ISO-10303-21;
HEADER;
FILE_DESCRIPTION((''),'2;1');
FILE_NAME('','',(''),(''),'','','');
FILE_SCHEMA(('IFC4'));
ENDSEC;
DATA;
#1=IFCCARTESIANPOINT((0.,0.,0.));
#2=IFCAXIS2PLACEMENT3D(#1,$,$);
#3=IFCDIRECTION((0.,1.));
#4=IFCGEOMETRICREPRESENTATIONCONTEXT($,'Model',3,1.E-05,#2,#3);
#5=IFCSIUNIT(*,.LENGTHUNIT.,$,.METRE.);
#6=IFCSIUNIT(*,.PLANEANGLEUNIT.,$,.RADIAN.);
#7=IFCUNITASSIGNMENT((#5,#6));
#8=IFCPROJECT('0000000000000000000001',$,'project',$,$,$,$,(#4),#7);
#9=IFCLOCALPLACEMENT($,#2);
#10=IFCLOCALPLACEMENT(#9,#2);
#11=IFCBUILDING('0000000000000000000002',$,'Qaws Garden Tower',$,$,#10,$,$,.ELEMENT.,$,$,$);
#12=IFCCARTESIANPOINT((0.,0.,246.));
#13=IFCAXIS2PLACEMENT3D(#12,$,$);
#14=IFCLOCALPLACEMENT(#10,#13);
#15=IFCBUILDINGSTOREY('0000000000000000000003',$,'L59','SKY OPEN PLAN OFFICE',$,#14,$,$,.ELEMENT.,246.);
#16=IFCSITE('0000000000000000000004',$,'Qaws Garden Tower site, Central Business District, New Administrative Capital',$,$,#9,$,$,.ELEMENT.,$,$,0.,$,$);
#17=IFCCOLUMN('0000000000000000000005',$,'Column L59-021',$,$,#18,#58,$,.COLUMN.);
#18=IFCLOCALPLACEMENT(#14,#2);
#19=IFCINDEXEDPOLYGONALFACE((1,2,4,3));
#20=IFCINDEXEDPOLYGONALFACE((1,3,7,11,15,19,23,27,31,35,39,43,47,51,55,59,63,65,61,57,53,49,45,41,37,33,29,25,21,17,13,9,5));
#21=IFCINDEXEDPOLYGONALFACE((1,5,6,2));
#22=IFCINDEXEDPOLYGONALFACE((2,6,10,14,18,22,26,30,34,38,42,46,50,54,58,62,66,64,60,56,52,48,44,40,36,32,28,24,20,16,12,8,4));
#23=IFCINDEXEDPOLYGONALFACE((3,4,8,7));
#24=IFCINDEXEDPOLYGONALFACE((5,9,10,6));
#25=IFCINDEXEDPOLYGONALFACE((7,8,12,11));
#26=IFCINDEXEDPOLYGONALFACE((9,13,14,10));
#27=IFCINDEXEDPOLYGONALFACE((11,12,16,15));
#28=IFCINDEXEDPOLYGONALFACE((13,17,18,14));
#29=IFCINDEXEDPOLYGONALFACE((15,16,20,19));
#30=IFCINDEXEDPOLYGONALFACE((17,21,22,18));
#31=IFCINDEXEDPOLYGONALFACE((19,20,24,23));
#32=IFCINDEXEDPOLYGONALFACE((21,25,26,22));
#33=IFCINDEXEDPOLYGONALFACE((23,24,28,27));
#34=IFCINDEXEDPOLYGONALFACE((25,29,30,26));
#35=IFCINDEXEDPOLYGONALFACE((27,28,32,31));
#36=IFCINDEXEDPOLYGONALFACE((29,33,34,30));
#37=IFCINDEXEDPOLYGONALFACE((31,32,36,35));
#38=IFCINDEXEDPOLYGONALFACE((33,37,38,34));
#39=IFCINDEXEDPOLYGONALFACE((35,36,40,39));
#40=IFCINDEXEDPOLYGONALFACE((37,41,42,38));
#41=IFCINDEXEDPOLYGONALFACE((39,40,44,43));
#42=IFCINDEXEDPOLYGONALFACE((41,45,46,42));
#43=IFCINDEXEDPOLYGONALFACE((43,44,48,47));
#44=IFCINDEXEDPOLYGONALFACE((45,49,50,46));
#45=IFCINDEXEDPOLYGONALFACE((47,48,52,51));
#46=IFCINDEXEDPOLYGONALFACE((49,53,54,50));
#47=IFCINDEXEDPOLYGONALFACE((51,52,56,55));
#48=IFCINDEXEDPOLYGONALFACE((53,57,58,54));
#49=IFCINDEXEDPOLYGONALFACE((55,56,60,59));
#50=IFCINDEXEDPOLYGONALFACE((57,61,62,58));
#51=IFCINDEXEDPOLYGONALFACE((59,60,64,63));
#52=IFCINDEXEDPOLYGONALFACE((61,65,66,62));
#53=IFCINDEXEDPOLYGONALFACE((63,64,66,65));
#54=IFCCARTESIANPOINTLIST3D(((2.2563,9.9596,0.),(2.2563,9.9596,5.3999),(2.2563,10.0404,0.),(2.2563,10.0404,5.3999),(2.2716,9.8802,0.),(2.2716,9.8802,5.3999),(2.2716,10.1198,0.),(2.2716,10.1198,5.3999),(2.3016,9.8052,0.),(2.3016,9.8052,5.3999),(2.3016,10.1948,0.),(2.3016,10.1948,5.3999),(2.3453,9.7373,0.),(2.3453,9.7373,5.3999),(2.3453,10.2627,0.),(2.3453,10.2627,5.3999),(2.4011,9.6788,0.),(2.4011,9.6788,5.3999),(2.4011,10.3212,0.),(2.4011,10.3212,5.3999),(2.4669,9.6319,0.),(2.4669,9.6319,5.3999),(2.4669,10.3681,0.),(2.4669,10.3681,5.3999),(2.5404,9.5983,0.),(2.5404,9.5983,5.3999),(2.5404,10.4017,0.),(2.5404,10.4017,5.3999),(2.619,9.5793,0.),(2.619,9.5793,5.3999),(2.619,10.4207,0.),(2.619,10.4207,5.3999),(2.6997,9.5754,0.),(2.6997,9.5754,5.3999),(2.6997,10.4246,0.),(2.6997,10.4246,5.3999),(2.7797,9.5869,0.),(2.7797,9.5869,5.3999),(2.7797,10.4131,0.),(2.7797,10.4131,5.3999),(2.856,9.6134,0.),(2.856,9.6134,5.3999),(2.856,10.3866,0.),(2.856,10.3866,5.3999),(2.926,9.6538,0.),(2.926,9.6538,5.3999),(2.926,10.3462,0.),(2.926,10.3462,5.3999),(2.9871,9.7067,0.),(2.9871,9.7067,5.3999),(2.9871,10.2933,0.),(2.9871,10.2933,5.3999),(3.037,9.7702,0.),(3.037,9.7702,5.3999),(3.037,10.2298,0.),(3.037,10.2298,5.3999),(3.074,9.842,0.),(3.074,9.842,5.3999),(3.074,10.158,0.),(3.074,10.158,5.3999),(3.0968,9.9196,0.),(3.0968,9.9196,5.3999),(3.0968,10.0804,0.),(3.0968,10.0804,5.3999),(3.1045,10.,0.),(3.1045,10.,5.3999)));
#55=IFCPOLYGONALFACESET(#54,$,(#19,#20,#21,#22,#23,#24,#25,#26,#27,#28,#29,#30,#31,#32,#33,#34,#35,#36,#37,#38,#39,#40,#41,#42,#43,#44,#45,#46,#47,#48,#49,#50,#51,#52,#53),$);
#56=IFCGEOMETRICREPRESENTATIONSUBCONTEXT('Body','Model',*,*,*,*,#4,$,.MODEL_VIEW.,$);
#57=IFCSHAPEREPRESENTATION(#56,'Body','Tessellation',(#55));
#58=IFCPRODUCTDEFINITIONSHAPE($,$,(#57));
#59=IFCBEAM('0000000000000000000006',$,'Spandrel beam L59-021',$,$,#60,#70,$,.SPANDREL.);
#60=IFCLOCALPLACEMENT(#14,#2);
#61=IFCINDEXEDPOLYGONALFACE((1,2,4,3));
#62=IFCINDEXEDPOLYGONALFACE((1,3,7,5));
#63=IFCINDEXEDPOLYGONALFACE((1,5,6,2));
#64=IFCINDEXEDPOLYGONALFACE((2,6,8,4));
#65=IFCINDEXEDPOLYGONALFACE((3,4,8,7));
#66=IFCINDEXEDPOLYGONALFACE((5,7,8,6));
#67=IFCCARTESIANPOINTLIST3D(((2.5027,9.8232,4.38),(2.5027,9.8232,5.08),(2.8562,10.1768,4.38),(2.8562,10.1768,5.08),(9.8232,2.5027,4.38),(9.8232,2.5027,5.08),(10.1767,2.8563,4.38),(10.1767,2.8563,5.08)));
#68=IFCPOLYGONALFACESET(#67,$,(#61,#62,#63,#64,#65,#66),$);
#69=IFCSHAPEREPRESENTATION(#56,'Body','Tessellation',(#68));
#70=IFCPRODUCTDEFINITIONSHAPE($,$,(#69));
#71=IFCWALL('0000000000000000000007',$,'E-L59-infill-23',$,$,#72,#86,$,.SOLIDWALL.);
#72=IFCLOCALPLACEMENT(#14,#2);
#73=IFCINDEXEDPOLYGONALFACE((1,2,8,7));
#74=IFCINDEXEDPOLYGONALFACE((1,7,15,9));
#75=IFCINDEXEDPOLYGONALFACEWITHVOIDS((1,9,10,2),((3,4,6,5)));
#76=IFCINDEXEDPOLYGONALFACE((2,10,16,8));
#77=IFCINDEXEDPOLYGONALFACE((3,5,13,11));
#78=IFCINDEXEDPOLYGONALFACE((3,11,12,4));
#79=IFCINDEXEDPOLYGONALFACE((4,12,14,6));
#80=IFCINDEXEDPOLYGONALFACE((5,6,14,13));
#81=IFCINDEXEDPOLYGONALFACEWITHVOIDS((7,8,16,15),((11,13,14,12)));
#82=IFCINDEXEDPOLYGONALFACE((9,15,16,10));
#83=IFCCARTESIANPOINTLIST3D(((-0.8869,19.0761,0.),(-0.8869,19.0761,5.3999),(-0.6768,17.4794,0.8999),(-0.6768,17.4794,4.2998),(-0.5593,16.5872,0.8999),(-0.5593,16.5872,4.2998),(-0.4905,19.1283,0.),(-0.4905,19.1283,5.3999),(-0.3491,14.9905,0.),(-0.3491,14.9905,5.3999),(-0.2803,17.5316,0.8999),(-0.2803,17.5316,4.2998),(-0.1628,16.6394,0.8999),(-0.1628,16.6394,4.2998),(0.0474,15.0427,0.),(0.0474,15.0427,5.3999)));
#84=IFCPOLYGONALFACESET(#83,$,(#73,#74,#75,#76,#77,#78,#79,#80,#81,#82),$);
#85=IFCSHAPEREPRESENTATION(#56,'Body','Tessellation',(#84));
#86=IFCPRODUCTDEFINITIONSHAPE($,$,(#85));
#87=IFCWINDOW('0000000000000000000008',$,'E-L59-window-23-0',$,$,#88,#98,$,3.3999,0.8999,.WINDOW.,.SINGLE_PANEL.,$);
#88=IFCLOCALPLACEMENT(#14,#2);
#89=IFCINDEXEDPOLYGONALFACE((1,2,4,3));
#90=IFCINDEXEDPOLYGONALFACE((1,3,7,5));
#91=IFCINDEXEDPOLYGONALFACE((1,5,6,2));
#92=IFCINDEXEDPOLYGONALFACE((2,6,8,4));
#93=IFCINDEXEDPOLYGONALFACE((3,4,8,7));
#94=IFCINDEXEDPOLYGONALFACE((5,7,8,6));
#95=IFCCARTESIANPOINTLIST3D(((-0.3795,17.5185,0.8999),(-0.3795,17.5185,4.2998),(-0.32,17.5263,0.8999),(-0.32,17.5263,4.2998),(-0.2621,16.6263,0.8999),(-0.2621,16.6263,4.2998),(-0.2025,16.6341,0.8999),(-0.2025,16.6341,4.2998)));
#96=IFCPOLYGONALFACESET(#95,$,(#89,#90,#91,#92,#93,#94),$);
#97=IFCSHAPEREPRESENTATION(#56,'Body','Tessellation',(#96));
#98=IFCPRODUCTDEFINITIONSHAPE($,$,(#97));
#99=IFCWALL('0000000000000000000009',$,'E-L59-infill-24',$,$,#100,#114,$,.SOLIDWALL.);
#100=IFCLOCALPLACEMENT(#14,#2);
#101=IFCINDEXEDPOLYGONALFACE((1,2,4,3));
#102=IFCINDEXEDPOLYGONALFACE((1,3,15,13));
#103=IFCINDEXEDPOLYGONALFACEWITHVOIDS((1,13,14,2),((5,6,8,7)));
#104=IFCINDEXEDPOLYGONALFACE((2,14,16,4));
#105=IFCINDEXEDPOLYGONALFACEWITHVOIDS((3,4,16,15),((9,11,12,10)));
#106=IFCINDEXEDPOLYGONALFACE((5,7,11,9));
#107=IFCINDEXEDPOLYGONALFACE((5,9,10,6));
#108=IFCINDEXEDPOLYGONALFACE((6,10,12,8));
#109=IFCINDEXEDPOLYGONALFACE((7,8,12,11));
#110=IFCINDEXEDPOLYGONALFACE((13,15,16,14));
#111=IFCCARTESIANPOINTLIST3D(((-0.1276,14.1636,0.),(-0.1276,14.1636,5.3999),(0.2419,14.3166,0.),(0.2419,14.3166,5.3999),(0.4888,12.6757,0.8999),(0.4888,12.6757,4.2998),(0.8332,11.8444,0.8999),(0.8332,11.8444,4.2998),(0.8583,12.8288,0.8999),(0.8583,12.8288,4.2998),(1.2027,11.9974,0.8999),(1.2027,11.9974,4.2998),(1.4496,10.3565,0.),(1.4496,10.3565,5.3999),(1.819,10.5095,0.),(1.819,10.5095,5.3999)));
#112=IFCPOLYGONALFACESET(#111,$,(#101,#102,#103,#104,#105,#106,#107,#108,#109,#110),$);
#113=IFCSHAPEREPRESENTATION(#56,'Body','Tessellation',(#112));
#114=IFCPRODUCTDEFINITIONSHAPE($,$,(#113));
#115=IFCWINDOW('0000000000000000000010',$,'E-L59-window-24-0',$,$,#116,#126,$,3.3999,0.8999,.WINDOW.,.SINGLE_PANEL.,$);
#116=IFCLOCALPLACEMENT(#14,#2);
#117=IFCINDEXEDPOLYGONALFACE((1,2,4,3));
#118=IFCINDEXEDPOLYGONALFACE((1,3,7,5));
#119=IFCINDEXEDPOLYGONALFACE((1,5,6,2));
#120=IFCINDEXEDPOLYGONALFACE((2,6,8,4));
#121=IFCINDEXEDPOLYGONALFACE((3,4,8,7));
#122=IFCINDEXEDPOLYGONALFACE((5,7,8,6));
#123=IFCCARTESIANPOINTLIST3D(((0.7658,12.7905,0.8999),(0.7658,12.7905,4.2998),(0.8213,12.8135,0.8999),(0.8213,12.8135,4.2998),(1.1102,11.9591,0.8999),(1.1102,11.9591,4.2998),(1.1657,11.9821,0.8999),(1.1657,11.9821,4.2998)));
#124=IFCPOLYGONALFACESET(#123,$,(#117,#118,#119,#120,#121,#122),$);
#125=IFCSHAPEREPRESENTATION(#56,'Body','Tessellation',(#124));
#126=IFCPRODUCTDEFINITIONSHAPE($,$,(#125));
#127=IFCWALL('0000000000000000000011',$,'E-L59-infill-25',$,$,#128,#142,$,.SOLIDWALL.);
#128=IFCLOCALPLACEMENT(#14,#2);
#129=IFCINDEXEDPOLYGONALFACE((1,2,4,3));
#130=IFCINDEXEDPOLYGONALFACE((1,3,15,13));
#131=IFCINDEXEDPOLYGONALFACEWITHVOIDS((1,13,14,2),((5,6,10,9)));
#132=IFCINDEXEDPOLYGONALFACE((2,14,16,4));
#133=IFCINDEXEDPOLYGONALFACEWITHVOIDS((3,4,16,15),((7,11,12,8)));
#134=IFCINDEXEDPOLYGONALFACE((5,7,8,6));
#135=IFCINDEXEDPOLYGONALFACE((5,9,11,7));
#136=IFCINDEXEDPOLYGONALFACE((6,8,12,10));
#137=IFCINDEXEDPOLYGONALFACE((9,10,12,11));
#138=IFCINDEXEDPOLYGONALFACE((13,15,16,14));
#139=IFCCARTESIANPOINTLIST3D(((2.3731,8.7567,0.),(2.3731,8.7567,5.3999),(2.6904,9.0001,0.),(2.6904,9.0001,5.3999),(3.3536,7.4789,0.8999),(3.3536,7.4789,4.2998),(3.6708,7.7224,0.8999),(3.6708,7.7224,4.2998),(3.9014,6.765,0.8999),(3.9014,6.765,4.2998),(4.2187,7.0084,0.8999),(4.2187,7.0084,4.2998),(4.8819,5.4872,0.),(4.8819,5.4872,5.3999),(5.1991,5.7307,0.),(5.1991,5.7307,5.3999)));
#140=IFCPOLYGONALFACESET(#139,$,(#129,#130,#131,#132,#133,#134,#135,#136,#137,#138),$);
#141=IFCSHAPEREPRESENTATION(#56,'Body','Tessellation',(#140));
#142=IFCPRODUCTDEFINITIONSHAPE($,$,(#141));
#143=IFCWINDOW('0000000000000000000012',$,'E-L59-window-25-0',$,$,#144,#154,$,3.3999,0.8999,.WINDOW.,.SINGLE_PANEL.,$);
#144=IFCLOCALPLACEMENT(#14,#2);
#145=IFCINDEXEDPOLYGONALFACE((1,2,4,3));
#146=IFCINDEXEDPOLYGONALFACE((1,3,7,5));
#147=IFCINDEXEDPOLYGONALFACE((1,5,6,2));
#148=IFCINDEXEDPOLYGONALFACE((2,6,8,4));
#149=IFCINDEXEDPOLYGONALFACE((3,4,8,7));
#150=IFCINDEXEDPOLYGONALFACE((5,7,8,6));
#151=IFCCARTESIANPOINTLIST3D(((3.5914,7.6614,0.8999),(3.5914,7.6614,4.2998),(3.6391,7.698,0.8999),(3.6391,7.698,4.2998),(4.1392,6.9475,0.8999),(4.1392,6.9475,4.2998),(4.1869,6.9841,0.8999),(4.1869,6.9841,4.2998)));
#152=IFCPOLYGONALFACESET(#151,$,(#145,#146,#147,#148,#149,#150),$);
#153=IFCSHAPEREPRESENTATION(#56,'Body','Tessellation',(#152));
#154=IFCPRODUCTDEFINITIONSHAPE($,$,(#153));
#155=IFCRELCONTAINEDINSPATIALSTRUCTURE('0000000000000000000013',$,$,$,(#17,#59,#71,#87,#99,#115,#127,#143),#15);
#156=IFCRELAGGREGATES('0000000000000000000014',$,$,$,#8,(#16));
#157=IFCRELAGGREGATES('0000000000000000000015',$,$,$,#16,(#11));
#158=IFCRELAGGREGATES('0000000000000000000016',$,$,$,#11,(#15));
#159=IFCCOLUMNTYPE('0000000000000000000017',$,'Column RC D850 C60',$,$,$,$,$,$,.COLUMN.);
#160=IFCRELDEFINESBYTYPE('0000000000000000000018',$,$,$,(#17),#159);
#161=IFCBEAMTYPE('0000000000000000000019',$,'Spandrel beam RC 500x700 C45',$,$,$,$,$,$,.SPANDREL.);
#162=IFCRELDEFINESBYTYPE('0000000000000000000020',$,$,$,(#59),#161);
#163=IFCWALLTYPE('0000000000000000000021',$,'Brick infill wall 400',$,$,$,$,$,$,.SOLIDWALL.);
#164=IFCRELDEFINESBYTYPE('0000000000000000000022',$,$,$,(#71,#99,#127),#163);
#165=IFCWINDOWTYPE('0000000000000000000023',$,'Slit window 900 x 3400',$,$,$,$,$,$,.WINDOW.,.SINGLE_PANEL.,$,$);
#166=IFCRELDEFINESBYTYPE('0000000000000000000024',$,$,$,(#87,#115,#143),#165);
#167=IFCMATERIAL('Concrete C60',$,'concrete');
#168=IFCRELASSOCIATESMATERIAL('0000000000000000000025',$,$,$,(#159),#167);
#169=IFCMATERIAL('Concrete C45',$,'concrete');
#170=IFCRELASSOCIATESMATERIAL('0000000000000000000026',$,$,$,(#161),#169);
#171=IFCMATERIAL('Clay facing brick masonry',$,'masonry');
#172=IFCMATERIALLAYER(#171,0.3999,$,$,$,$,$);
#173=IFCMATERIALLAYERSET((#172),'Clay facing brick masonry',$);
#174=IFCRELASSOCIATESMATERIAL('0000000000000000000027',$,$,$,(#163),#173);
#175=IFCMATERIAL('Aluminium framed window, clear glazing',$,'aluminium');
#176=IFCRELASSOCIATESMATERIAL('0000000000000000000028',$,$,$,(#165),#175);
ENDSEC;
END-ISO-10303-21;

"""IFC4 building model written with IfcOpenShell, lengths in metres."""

from ifc_helpers import new_model, si_unit, direction, frame, frame_2d, origin, origin_2d, place, context, subcontext, project, spatial, rectangle, circle, extrude, material, layer, layer_set, material_profile, profile_set, type_object, element, fill, save


model = new_model("IFC4")

# Units and contexts
model_context = context("Model", 3, precision=1e-05, world=origin(), true_north=direction((0.0, 1.0)))
body_context = subcontext(model_context, "Body", "Model", "MODEL_VIEW")
ifc_project = project(units=[si_unit("LENGTHUNIT", "METRE"), si_unit("PLANEANGLEUNIT", "RADIAN")], contexts=[model_context])

# Site, building, storey
site_placement = place(None, origin())
site = spatial("IfcSite", under=ifc_project, at=site_placement, Name="Qaws Garden Tower site, Central Business District, New Administrative Capital", CompositionType="ELEMENT", RefElevation=0.0)
building_placement = place(site_placement, origin())
building = spatial("IfcBuilding", under=site, at=building_placement, Name="Qaws Garden Tower", CompositionType="ELEMENT")
storey_placement = place(building_placement, frame((0.0, 0.0, 246.0)))
storey = spatial("IfcBuildingStorey", under=building, at=storey_placement, Name="L59", Description="SKY OPEN PLAN OFFICE", CompositionType="ELEMENT", Elevation=246.0)

# Column
ifc_material_1 = material(Name="Concrete C60", Category="concrete")
ifc_material_profile_1 = material_profile(ifc_material_1, circle(Radius=0.425, at=origin_2d()), Name="RC D850")
ifc_profile_set_1 = profile_set([ifc_material_profile_1], Name="Concrete C60")
column_type = type_object("IfcColumnType", Name="Column RC D850 C60", PredefinedType="COLUMN", material=ifc_profile_set_1)
column_placement = place(storey_placement, frame((2.6794, 10.0, 0.0), z_axis=(0.0, 0.0, 1.0), x_axis=(1.0, 0.0, 0.0)))
element("IfcColumn", 1, at=column_placement, inside=storey, type_object=column_type, Name="Column L59-021", PredefinedType="COLUMN", context=body_context, shape_type="SweptSolid", body=[
    extrude(circle(Radius=0.425, at=origin_2d()), origin(), (0.0, 0.0, 1.0), 5.3999),
])

# Beam
ifc_material_2 = material(Name="Concrete C45", Category="concrete")
ifc_material_profile_2 = material_profile(ifc_material_2, rectangle(XDim=0.5, YDim=0.7, at=origin_2d()), Name="RC 500x700")
ifc_profile_set_2 = profile_set([ifc_material_profile_2], Name="Concrete C45")
beam_type = type_object("IfcBeamType", Name="Spandrel beam RC 500x700 C45", PredefinedType="SPANDREL", material=ifc_profile_set_2)
beam_placement = place(storey_placement, frame((2.6794, 10.0, 4.73), z_axis=(0.707107, -0.707107, 0.0), x_axis=(0.707107, 0.707107, 0.0)))
element("IfcBeam", 2, at=beam_placement, inside=storey, type_object=beam_type, Name="Spandrel beam L59-021", PredefinedType="SPANDREL", context=body_context, shape_type="SweptSolid", body=[
    extrude(rectangle(XDim=0.5, YDim=0.7, at=origin_2d()), origin(), (0.0, 0.0, 1.0), 10.3528),
])

# Walls, openings, windows
ifc_material_3 = material(Name="Clay facing brick masonry", Category="masonry")
ifc_layer_1 = layer(ifc_material_3, 0.3999)
ifc_layer_set_1 = layer_set([ifc_layer_1], Name="Clay facing brick masonry")
wall_type_1 = type_object("IfcWallType", Name="Brick infill wall 400", PredefinedType="SOLIDWALL", material=ifc_layer_set_1)
wall_1_placement = place(storey_placement, frame((-0.6887, 19.1023, 0.0), z_axis=(0.0, 0.0, 1.0), x_axis=(0.130514, -0.991446, 0.0)))
wall_1 = element("IfcWall", 3, at=wall_1_placement, inside=storey, type_object=wall_type_1, Name="E-L59-infill-23", PredefinedType="SOLIDWALL", context=body_context, shape_type="SweptSolid", body=[
    extrude(rectangle(XDim=4.1208, YDim=0.3999, at=frame_2d((2.0605, 0.0))), origin(), (0.0, 0.0, 1.0), 5.3999),
])
opening_1_placement = place(wall_1_placement, frame((1.6106, 0.0, 0.8999)))
opening_1 = element("IfcOpeningElement", 4, at=opening_1_placement, cuts=wall_1, PredefinedType="OPENING", context=body_context, shape_type="SweptSolid", body=[
    extrude(rectangle(XDim=0.8999, YDim=3.3999, at=frame_2d((0.45, 1.7))), frame((0.0, 0.21, 0.0), z_axis=(0.0, -1.0, 0.0), x_axis=(1.0, 0.0, 0.0)), (0.0, 0.0, 1.0), 0.4199),
])
ifc_material_4 = material(Name="Aluminium framed window, clear glazing", Category="aluminium")
window_type = type_object("IfcWindowType", Name="Slit window 900 x 3400", PartitioningType="SINGLE_PANEL", PredefinedType="WINDOW", material=ifc_material_4)
window_1_placement = place(opening_1_placement, origin())
window_1 = element("IfcWindow", 5, at=window_1_placement, inside=storey, type_object=window_type, Name="E-L59-window-23-0", OverallHeight=3.3999, OverallWidth=0.8999, PartitioningType="SINGLE_PANEL", PredefinedType="WINDOW", context=body_context, shape_type="SweptSolid", body=[
    extrude(rectangle(XDim=0.8999, YDim=3.3999, at=frame_2d((0.45, 1.7))), frame((0.0, 0.1599, 0.0), z_axis=(0.0, -1.0, 0.0), x_axis=(1.0, 0.0, 0.0)), (0.0, 0.0, 1.0), 0.0601),
])
fill(opening_1, window_1)
wall_2_placement = place(storey_placement, frame((0.0571, 14.2402, 0.0), z_axis=(0.0, 0.0, 1.0), x_axis=(0.382722, -0.923864, 0.0)))
wall_2 = element("IfcWall", 6, at=wall_2_placement, inside=storey, type_object=wall_type_1, Name="E-L59-infill-24", PredefinedType="SOLIDWALL", context=body_context, shape_type="SweptSolid", body=[
    extrude(rectangle(XDim=4.1208, YDim=0.3999, at=frame_2d((2.0605, 0.0))), origin(), (0.0, 0.0, 1.0), 5.3999),
])
opening_2_placement = place(wall_2_placement, frame((1.6106, 0.0, 0.8999)))
opening_2 = element("IfcOpeningElement", 7, at=opening_2_placement, cuts=wall_2, PredefinedType="OPENING", context=body_context, shape_type="SweptSolid", body=[
    extrude(rectangle(XDim=0.8999, YDim=3.3999, at=frame_2d((0.45, 1.7))), frame((0.0, 0.21, 0.0), z_axis=(0.0, -1.0, 0.0), x_axis=(1.0, 0.0, 0.0)), (0.0, 0.0, 1.0), 0.4199),
])
window_2_placement = place(opening_2_placement, origin())
window_2 = element("IfcWindow", 8, at=window_2_placement, inside=storey, type_object=window_type, Name="E-L59-window-24-0", OverallHeight=3.3999, OverallWidth=0.8999, PartitioningType="SINGLE_PANEL", PredefinedType="WINDOW", context=body_context, shape_type="SweptSolid", body=[
    extrude(rectangle(XDim=0.8999, YDim=3.3999, at=frame_2d((0.45, 1.7))), frame((0.0, 0.1599, 0.0), z_axis=(0.0, -1.0, 0.0), x_axis=(1.0, 0.0, 0.0)), (0.0, 0.0, 1.0), 0.0601),
])
fill(opening_2, window_2)
wall_3_placement = place(storey_placement, frame((2.5317, 8.8784, 0.0), z_axis=(0.0, 0.0, 1.0), x_axis=(0.60876, -0.793355, 0.0)))
wall_3 = element("IfcWall", 9, at=wall_3_placement, inside=storey, type_object=wall_type_1, Name="E-L59-infill-25", PredefinedType="SOLIDWALL", context=body_context, shape_type="SweptSolid", body=[
    extrude(rectangle(XDim=4.1211, YDim=0.3999, at=frame_2d((2.0605, 0.0))), origin(), (0.0, 0.0, 1.0), 5.3999),
])
opening_3_placement = place(wall_3_placement, frame((1.6106, 0.0, 0.8999)))
opening_3 = element("IfcOpeningElement", 10, at=opening_3_placement, cuts=wall_3, PredefinedType="OPENING", context=body_context, shape_type="SweptSolid", body=[
    extrude(rectangle(XDim=0.8999, YDim=3.3999, at=frame_2d((0.45, 1.7))), frame((0.0, 0.21, 0.0), z_axis=(0.0, -1.0, 0.0), x_axis=(1.0, 0.0, 0.0)), (0.0, 0.0, 1.0), 0.4199),
])
window_3_placement = place(opening_3_placement, origin())
window_3 = element("IfcWindow", 11, at=window_3_placement, inside=storey, type_object=window_type, Name="E-L59-window-25-0", OverallHeight=3.3999, OverallWidth=0.8999, PartitioningType="SINGLE_PANEL", PredefinedType="WINDOW", context=body_context, shape_type="SweptSolid", body=[
    extrude(rectangle(XDim=0.8999, YDim=3.3999, at=frame_2d((0.45, 1.7))), frame((0.0, 0.1599, 0.0), z_axis=(0.0, -1.0, 0.0), x_axis=(1.0, 0.0, 0.0)), (0.0, 0.0, 1.0), 0.0601),
])
fill(opening_3, window_3)

save(model, "model.ifc")
